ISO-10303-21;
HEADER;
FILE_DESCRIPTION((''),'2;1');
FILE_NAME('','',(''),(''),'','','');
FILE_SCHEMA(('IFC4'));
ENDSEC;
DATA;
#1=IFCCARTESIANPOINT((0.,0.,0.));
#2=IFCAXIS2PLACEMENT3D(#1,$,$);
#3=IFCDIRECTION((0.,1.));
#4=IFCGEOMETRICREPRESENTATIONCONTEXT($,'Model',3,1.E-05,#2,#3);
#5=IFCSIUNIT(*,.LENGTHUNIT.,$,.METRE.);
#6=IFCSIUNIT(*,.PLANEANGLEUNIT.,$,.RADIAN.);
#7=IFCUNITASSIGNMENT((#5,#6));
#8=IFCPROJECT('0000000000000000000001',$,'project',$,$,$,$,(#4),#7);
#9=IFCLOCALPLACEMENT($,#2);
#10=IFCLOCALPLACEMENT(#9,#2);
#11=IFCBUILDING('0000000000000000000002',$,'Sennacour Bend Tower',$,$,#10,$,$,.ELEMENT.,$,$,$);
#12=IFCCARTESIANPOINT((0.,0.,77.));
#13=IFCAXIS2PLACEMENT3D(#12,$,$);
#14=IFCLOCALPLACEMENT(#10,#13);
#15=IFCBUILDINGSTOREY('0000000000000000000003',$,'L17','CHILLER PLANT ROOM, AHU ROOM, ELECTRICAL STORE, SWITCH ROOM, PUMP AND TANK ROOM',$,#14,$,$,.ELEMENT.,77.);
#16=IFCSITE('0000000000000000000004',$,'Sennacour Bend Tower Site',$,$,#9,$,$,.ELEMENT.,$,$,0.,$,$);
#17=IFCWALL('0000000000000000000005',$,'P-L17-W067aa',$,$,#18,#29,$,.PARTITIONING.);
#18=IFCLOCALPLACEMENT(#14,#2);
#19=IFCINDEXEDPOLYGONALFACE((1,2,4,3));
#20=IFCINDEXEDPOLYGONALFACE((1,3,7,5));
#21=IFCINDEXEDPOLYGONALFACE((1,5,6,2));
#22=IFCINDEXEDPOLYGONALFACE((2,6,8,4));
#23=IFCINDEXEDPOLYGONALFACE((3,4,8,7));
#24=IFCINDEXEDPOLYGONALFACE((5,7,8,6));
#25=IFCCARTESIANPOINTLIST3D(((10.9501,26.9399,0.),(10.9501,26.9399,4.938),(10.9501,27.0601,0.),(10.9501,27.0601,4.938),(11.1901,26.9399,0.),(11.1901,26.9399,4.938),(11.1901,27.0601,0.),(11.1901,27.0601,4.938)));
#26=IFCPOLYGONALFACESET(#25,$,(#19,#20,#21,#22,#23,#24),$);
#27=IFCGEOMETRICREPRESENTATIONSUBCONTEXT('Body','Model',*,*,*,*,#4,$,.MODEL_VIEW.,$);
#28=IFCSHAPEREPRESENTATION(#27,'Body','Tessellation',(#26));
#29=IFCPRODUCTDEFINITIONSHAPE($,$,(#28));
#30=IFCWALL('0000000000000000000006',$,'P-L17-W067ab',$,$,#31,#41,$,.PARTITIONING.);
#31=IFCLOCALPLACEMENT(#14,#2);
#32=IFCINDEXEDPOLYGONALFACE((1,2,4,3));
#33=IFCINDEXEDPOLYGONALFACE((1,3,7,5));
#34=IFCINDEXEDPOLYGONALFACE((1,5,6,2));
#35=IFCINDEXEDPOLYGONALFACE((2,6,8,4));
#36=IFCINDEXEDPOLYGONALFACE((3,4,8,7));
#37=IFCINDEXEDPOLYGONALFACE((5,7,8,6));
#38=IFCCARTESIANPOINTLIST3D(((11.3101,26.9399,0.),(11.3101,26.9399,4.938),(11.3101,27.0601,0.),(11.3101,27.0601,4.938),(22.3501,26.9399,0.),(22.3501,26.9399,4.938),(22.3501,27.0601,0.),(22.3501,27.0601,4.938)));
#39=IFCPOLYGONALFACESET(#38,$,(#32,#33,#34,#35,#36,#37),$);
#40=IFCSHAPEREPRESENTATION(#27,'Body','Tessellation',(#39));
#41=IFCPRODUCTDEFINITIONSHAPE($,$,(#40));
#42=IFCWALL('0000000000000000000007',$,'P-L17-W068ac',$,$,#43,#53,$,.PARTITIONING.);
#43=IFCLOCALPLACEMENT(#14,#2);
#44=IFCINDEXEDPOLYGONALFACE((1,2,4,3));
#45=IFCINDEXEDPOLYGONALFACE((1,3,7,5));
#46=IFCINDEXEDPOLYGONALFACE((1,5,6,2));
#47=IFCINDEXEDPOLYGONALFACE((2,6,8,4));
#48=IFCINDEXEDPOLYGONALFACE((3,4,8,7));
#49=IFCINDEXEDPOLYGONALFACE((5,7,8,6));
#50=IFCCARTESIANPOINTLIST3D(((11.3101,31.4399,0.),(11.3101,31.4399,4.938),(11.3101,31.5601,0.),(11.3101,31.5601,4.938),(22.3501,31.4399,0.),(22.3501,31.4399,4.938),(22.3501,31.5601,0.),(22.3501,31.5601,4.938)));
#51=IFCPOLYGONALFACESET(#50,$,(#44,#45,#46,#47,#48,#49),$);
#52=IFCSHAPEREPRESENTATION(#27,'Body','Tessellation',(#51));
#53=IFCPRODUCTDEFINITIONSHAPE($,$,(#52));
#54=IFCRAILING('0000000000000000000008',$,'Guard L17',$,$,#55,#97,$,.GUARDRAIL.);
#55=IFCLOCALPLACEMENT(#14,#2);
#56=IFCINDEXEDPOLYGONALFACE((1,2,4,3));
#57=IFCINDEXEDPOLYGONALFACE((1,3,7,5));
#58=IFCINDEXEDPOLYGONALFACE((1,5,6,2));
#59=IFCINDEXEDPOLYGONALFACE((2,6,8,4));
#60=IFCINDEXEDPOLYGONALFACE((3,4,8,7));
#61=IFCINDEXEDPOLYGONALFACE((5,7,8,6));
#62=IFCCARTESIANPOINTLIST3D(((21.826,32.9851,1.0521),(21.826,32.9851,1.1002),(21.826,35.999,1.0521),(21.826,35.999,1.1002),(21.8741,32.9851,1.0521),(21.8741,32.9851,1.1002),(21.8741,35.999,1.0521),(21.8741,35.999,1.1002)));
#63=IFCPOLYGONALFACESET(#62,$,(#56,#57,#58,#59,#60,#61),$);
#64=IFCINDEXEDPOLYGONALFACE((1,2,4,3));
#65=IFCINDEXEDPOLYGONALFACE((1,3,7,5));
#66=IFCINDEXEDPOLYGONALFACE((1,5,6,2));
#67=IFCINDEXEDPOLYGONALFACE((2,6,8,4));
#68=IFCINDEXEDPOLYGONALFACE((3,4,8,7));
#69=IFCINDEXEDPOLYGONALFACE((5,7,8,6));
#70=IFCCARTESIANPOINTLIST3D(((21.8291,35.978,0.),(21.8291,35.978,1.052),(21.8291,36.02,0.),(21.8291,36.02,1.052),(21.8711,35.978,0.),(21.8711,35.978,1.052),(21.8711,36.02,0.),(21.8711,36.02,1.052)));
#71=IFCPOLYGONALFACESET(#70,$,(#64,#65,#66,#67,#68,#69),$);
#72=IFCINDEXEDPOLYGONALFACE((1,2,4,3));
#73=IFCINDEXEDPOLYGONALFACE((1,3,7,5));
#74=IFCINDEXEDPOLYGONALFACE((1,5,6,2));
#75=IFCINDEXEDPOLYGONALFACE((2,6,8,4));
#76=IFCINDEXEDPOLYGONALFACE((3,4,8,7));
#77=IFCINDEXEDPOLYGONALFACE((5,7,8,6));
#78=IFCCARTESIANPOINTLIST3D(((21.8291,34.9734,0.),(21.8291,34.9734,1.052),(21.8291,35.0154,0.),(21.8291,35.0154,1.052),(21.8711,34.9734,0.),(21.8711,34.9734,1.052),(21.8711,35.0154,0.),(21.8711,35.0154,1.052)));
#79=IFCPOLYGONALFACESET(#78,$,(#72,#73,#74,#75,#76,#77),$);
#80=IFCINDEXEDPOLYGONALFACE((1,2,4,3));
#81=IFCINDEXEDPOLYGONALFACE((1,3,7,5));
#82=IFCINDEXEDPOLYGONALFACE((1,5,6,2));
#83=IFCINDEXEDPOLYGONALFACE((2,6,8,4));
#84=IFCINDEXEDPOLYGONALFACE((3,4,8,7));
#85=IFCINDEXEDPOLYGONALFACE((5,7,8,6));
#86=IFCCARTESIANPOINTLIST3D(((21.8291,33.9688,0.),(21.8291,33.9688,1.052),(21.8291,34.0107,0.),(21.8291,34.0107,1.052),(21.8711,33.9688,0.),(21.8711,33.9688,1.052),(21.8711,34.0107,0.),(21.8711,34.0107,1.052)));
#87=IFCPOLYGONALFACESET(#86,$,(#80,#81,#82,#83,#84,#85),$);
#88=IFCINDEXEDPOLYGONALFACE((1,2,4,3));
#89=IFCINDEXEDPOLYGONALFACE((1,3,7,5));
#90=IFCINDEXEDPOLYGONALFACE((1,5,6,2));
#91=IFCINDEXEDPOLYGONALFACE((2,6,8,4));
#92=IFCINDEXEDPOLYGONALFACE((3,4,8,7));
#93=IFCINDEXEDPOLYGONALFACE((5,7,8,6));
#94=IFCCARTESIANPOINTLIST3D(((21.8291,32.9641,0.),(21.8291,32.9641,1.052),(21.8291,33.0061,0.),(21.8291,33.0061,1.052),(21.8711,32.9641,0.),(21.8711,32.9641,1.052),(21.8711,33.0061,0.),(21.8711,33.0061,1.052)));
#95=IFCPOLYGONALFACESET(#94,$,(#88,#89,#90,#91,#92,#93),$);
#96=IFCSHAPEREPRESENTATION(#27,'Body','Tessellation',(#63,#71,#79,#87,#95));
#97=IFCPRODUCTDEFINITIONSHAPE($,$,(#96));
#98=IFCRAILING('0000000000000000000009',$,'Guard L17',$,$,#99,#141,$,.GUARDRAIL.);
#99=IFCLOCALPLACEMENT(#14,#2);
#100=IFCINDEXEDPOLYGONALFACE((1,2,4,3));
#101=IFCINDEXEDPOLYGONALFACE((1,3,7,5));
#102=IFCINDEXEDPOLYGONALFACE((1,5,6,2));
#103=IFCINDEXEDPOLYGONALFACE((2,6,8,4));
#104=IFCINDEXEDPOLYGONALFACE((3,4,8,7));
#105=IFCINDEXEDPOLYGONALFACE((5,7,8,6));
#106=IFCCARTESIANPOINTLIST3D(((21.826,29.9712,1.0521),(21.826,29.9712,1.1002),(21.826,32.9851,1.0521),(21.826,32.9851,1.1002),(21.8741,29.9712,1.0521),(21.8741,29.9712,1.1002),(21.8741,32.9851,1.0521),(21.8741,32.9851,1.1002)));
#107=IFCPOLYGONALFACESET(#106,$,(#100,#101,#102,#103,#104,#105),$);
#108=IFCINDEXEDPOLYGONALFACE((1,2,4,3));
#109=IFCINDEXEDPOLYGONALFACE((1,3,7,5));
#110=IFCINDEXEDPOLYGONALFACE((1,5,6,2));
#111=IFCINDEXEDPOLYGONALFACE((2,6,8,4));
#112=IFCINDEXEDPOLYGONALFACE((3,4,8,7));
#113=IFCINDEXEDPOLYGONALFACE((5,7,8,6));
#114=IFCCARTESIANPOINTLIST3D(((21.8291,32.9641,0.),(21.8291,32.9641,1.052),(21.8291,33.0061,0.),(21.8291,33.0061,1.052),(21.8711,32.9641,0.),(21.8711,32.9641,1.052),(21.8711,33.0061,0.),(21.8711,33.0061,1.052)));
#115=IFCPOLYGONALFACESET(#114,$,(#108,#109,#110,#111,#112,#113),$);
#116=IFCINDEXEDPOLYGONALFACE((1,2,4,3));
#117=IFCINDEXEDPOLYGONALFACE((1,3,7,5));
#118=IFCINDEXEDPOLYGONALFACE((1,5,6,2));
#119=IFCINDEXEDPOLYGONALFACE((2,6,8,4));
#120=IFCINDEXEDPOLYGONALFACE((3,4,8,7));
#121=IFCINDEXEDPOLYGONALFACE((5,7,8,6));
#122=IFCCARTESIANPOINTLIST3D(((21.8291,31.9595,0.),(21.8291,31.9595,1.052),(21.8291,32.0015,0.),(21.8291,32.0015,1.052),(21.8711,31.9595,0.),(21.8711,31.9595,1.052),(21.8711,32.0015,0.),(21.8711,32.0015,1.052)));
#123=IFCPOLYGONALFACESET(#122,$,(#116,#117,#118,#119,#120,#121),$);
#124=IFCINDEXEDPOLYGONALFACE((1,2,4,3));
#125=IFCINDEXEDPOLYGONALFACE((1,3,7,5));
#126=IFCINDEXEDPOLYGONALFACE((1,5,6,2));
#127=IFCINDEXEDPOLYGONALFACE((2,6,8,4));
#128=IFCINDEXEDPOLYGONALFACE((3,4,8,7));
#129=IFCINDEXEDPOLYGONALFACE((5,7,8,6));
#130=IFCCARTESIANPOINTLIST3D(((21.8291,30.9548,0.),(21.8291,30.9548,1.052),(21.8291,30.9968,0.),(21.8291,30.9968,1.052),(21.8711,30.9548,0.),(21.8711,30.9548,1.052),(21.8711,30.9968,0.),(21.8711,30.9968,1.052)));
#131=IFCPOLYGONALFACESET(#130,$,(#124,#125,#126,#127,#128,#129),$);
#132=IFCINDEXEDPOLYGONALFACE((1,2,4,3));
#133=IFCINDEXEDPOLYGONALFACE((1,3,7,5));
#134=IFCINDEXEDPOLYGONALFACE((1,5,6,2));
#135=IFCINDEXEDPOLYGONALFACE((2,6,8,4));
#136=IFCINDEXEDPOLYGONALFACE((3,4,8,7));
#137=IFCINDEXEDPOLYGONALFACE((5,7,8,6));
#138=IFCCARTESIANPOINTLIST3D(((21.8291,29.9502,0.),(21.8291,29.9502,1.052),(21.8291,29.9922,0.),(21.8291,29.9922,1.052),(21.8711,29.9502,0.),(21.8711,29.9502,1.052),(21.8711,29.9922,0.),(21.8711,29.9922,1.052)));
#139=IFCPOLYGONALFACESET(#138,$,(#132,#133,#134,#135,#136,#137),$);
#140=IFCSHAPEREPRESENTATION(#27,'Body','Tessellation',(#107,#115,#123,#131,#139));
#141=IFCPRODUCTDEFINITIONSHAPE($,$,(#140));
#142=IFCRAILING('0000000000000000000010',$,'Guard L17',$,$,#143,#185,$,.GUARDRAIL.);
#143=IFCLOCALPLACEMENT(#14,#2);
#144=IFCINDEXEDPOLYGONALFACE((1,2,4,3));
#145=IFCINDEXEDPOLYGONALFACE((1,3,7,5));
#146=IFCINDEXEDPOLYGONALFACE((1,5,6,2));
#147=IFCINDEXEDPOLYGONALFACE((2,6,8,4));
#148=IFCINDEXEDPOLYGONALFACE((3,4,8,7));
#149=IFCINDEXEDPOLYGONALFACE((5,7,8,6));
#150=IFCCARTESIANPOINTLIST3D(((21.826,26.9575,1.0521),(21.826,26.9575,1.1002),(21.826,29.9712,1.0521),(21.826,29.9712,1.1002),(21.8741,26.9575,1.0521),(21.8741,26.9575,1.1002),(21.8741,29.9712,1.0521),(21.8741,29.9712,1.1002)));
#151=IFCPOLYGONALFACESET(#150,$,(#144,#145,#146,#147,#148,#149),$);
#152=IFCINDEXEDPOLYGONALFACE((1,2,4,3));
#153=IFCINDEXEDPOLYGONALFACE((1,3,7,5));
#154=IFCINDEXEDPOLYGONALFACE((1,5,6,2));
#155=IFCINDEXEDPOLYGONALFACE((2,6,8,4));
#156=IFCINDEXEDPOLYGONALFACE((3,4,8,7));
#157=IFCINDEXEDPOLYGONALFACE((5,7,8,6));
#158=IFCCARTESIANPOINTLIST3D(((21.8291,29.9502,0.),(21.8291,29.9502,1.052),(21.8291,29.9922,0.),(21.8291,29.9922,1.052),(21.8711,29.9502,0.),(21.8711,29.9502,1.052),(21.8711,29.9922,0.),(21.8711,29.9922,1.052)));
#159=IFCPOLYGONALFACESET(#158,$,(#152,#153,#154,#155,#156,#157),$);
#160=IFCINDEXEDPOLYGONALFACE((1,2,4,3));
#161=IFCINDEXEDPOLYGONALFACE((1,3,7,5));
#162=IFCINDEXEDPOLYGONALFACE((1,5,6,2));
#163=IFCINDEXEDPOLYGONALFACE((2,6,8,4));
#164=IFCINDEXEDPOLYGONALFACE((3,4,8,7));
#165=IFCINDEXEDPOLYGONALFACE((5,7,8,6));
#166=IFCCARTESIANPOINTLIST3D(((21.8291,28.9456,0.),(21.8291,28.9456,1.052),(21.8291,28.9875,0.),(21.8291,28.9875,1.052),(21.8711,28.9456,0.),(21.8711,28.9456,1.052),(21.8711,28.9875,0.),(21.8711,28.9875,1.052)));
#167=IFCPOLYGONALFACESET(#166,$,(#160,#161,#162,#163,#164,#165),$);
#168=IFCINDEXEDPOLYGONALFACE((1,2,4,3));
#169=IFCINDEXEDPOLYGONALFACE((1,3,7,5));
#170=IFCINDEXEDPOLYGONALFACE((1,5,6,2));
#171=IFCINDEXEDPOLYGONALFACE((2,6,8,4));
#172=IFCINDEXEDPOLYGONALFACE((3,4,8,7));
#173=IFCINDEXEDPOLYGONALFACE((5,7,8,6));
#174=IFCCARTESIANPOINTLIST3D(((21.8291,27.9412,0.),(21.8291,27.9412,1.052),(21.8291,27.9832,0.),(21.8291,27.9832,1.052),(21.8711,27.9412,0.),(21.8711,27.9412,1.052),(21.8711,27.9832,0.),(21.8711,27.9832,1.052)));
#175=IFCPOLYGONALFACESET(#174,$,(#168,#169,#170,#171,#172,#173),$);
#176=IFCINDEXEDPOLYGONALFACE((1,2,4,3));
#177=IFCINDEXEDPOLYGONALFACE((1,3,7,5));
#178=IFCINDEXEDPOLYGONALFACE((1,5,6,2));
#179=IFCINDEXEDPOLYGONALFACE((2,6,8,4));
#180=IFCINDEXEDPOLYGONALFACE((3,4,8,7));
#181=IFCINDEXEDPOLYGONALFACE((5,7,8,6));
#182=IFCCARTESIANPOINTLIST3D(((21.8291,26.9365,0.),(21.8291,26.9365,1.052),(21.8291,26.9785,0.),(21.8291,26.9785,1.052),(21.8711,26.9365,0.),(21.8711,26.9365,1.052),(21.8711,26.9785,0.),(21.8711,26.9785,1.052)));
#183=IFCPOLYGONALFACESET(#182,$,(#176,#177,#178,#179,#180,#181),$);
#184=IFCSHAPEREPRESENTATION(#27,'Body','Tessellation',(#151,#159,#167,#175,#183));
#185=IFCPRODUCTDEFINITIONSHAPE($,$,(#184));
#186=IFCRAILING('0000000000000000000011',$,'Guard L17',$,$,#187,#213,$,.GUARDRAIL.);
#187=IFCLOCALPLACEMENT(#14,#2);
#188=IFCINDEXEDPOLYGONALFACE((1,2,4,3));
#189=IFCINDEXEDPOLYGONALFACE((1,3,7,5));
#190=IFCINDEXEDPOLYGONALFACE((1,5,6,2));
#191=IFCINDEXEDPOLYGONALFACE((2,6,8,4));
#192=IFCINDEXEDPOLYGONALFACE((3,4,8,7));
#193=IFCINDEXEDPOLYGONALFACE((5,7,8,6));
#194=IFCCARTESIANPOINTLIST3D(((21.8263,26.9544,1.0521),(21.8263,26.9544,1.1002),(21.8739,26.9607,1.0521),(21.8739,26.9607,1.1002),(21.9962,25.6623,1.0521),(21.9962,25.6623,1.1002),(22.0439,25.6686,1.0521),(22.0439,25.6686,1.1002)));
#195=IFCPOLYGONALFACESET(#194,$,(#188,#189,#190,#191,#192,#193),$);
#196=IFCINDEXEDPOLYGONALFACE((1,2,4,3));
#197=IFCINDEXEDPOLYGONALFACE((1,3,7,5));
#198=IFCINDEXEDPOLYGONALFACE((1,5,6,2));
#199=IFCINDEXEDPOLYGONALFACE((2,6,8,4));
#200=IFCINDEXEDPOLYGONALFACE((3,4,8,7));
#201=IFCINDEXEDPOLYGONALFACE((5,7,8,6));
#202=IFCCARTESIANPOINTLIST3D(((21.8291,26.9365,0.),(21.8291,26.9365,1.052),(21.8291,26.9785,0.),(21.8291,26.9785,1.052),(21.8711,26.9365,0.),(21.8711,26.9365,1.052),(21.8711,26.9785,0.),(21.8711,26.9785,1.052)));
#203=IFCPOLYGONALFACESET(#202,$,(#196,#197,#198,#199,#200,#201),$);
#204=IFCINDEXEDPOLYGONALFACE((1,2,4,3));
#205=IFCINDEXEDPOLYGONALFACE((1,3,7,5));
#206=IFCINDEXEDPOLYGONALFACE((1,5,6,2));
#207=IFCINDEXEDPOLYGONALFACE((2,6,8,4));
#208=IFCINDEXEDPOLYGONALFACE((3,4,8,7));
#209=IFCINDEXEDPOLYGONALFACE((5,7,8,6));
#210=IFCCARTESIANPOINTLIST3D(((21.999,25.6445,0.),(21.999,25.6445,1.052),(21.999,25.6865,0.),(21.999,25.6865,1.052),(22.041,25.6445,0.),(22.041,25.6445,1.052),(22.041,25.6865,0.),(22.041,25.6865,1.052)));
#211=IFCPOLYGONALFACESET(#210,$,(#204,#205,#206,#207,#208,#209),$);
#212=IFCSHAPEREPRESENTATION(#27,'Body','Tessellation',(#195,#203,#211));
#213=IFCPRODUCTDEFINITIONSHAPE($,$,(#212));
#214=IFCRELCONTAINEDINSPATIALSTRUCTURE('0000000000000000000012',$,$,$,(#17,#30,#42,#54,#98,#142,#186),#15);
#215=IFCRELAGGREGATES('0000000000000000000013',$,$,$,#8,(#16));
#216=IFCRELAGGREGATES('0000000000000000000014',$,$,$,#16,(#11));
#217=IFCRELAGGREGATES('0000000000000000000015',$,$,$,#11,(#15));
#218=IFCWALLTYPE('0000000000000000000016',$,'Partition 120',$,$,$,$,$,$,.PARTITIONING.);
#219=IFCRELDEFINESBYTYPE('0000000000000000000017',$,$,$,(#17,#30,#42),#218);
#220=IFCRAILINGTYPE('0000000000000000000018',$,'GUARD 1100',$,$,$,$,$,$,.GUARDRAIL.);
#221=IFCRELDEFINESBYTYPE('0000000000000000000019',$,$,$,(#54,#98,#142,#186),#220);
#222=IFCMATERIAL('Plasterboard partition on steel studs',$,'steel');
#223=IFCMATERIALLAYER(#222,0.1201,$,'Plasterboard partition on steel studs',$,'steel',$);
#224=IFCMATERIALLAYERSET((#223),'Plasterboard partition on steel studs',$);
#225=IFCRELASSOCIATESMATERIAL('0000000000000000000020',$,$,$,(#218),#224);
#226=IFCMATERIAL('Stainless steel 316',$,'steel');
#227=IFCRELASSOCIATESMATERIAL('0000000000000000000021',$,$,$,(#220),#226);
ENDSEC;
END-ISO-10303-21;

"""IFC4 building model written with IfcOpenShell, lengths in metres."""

from ifc_helpers import new_model, si_unit, direction, frame, frame_2d, origin, origin_2d, place, context, subcontext, project, spatial, rectangle, extrude, material, layer, layer_set, type_object, element, save


model = new_model("IFC4")

# Units and contexts
model_context = context("Model", 3, precision=1e-05, world=origin(), true_north=direction((0.0, 1.0)))
body_context = subcontext(model_context, "Body", "Model", "MODEL_VIEW")
ifc_project = project(units=[si_unit("LENGTHUNIT", "METRE"), si_unit("PLANEANGLEUNIT", "RADIAN")], contexts=[model_context])

# Site, building, storey
site_placement = place(None, origin())
site = spatial("IfcSite", under=ifc_project, at=site_placement, Name="Sennacour Bend Tower Site", CompositionType="ELEMENT", RefElevation=0.0)
building_placement = place(site_placement, origin())
building = spatial("IfcBuilding", under=site, at=building_placement, Name="Sennacour Bend Tower", CompositionType="ELEMENT")
storey_placement = place(building_placement, frame((0.0, 0.0, 77.0)))
storey = spatial("IfcBuildingStorey", under=building, at=storey_placement, Name="L17", Description="CHILLER PLANT ROOM, AHU ROOM, ELECTRICAL STORE, SWITCH ROOM, PUMP AND TANK ROOM", CompositionType="ELEMENT", Elevation=77.0)

# Walls
ifc_material_1 = material(Name="Plasterboard partition on steel studs", Category="steel")
ifc_layer_1 = layer(ifc_material_1, 0.1201, Name="Plasterboard partition on steel studs", Category="steel")
ifc_layer_set_1 = layer_set([ifc_layer_1], Name="Plasterboard partition on steel studs")
wall_type = type_object("IfcWallType", Name="Partition 120", PredefinedType="PARTITIONING", material=ifc_layer_set_1)
wall_placement = place(storey_placement, frame((10.95, 27.0, 0.0), z_axis=(0.0, 0.0, 1.0), x_axis=(1.0, 0.0, 0.0)))
element("IfcWall", 1, at=wall_placement, inside=storey, type_object=wall_type, Name="P-L17-W067aa", PredefinedType="PARTITIONING", context=body_context, shape_type="SweptSolid", body=[
    extrude(rectangle(XDim=0.24, YDim=0.1201, at=frame_2d((0.1201, 0.0))), origin(), (0.0, 0.0, 1.0), 4.938),
])
for number, where, z_axis, x_axis, name in (
    (2, (11.3101, 27.0, 0.0), (0.0, 0.0, 1.0), (1.0, 0.0, 0.0), "P-L17-W067ab"),
    (3, (11.3101, 31.5, 0.0), (0.0, 0.0, 1.0), (1.0, 0.0, 0.0), "P-L17-W068ac"),
):
    element("IfcWall", number, at=place(storey_placement, frame(where, z_axis=z_axis, x_axis=x_axis)), inside=storey, type_object=wall_type, Name=name, PredefinedType="PARTITIONING", context=body_context, shape_type="SweptSolid", body=[
        extrude(rectangle(XDim=11.04, YDim=0.1201, at=frame_2d((5.52, 0.0))), origin(), (0.0, 0.0, 1.0), 4.938),
    ])

# Railings
ifc_material_2 = material(Name="Stainless steel 316", Category="steel")
railing_type = type_object("IfcRailingType", Name="GUARD 1100", PredefinedType="GUARDRAIL", material=ifc_material_2)
for number, where, name in (
    (4, (21.8501, 35.999, 0.0), "Guard L17"),
    (5, (21.8501, 32.9851, 0.0), "Guard L17"),
):
    element("IfcRailing", number, at=place(storey_placement, frame(where)), inside=storey, type_object=railing_type, Name=name, PredefinedType="GUARDRAIL", context=body_context, shape_type="SweptSolid", body=[
        extrude(rectangle(XDim=0.0481, YDim=0.0481, at=origin_2d()), frame((0.0, 0.0, 1.0762), z_axis=(0.0, -1.0, 0.0), x_axis=(1.0, 0.0, 0.0)), (0.0, 0.0, 1.0), 3.0139),
        extrude(rectangle(XDim=0.042, YDim=0.042, at=origin_2d()), origin(), (0.0, 0.0, 1.0), 1.052),
        extrude(rectangle(XDim=0.042, YDim=0.042, at=origin_2d()), frame((0.0, -1.0046, 0.0)), (0.0, 0.0, 1.0), 1.052),
        extrude(rectangle(XDim=0.042, YDim=0.042, at=origin_2d()), frame((0.0, -2.0093, 0.0)), (0.0, 0.0, 1.0), 1.052),
        extrude(rectangle(XDim=0.042, YDim=0.042, at=origin_2d()), frame((0.0, -3.0139, 0.0)), (0.0, 0.0, 1.0), 1.052),
    ])
railing_1_placement = place(storey_placement, frame((21.8501, 29.9712, 0.0)))
element("IfcRailing", 6, at=railing_1_placement, inside=storey, type_object=railing_type, Name="Guard L17", PredefinedType="GUARDRAIL", context=body_context, shape_type="SweptSolid", body=[
    extrude(rectangle(XDim=0.0481, YDim=0.0481, at=origin_2d()), frame((0.0, 0.0, 1.0762), z_axis=(0.0, -1.0, 0.0), x_axis=(1.0, 0.0, 0.0)), (0.0, 0.0, 1.0), 3.0137),
    extrude(rectangle(XDim=0.042, YDim=0.042, at=origin_2d()), origin(), (0.0, 0.0, 1.0), 1.052),
    extrude(rectangle(XDim=0.042, YDim=0.042, at=origin_2d()), frame((0.0, -1.0046, 0.0)), (0.0, 0.0, 1.0), 1.052),
    extrude(rectangle(XDim=0.042, YDim=0.042, at=origin_2d()), frame((0.0, -2.009, 0.0)), (0.0, 0.0, 1.0), 1.052),
    extrude(rectangle(XDim=0.042, YDim=0.042, at=origin_2d()), frame((0.0, -3.0137, 0.0)), (0.0, 0.0, 1.0), 1.052),
])
railing_2_placement = place(storey_placement, frame((21.8501, 26.9575, 0.0)))
element("IfcRailing", 7, at=railing_2_placement, inside=storey, type_object=railing_type, Name="Guard L17", PredefinedType="GUARDRAIL", context=body_context, shape_type="SweptSolid", body=[
    extrude(rectangle(XDim=0.0481, YDim=0.0481, at=origin_2d()), frame((0.0, 0.0, 1.0762), z_axis=(0.130396, -0.991462, 0.0), x_axis=(0.991462, 0.130396, 0.0)), (0.0, 0.0, 1.0), 1.3032),
    extrude(rectangle(XDim=0.042, YDim=0.042, at=origin_2d()), origin(), (0.0, 0.0, 1.0), 1.052),
    extrude(rectangle(XDim=0.042, YDim=0.042, at=origin_2d()), frame((0.1699, -1.292, 0.0)), (0.0, 0.0, 1.0), 1.052),
])

save(model, "model.ifc")
